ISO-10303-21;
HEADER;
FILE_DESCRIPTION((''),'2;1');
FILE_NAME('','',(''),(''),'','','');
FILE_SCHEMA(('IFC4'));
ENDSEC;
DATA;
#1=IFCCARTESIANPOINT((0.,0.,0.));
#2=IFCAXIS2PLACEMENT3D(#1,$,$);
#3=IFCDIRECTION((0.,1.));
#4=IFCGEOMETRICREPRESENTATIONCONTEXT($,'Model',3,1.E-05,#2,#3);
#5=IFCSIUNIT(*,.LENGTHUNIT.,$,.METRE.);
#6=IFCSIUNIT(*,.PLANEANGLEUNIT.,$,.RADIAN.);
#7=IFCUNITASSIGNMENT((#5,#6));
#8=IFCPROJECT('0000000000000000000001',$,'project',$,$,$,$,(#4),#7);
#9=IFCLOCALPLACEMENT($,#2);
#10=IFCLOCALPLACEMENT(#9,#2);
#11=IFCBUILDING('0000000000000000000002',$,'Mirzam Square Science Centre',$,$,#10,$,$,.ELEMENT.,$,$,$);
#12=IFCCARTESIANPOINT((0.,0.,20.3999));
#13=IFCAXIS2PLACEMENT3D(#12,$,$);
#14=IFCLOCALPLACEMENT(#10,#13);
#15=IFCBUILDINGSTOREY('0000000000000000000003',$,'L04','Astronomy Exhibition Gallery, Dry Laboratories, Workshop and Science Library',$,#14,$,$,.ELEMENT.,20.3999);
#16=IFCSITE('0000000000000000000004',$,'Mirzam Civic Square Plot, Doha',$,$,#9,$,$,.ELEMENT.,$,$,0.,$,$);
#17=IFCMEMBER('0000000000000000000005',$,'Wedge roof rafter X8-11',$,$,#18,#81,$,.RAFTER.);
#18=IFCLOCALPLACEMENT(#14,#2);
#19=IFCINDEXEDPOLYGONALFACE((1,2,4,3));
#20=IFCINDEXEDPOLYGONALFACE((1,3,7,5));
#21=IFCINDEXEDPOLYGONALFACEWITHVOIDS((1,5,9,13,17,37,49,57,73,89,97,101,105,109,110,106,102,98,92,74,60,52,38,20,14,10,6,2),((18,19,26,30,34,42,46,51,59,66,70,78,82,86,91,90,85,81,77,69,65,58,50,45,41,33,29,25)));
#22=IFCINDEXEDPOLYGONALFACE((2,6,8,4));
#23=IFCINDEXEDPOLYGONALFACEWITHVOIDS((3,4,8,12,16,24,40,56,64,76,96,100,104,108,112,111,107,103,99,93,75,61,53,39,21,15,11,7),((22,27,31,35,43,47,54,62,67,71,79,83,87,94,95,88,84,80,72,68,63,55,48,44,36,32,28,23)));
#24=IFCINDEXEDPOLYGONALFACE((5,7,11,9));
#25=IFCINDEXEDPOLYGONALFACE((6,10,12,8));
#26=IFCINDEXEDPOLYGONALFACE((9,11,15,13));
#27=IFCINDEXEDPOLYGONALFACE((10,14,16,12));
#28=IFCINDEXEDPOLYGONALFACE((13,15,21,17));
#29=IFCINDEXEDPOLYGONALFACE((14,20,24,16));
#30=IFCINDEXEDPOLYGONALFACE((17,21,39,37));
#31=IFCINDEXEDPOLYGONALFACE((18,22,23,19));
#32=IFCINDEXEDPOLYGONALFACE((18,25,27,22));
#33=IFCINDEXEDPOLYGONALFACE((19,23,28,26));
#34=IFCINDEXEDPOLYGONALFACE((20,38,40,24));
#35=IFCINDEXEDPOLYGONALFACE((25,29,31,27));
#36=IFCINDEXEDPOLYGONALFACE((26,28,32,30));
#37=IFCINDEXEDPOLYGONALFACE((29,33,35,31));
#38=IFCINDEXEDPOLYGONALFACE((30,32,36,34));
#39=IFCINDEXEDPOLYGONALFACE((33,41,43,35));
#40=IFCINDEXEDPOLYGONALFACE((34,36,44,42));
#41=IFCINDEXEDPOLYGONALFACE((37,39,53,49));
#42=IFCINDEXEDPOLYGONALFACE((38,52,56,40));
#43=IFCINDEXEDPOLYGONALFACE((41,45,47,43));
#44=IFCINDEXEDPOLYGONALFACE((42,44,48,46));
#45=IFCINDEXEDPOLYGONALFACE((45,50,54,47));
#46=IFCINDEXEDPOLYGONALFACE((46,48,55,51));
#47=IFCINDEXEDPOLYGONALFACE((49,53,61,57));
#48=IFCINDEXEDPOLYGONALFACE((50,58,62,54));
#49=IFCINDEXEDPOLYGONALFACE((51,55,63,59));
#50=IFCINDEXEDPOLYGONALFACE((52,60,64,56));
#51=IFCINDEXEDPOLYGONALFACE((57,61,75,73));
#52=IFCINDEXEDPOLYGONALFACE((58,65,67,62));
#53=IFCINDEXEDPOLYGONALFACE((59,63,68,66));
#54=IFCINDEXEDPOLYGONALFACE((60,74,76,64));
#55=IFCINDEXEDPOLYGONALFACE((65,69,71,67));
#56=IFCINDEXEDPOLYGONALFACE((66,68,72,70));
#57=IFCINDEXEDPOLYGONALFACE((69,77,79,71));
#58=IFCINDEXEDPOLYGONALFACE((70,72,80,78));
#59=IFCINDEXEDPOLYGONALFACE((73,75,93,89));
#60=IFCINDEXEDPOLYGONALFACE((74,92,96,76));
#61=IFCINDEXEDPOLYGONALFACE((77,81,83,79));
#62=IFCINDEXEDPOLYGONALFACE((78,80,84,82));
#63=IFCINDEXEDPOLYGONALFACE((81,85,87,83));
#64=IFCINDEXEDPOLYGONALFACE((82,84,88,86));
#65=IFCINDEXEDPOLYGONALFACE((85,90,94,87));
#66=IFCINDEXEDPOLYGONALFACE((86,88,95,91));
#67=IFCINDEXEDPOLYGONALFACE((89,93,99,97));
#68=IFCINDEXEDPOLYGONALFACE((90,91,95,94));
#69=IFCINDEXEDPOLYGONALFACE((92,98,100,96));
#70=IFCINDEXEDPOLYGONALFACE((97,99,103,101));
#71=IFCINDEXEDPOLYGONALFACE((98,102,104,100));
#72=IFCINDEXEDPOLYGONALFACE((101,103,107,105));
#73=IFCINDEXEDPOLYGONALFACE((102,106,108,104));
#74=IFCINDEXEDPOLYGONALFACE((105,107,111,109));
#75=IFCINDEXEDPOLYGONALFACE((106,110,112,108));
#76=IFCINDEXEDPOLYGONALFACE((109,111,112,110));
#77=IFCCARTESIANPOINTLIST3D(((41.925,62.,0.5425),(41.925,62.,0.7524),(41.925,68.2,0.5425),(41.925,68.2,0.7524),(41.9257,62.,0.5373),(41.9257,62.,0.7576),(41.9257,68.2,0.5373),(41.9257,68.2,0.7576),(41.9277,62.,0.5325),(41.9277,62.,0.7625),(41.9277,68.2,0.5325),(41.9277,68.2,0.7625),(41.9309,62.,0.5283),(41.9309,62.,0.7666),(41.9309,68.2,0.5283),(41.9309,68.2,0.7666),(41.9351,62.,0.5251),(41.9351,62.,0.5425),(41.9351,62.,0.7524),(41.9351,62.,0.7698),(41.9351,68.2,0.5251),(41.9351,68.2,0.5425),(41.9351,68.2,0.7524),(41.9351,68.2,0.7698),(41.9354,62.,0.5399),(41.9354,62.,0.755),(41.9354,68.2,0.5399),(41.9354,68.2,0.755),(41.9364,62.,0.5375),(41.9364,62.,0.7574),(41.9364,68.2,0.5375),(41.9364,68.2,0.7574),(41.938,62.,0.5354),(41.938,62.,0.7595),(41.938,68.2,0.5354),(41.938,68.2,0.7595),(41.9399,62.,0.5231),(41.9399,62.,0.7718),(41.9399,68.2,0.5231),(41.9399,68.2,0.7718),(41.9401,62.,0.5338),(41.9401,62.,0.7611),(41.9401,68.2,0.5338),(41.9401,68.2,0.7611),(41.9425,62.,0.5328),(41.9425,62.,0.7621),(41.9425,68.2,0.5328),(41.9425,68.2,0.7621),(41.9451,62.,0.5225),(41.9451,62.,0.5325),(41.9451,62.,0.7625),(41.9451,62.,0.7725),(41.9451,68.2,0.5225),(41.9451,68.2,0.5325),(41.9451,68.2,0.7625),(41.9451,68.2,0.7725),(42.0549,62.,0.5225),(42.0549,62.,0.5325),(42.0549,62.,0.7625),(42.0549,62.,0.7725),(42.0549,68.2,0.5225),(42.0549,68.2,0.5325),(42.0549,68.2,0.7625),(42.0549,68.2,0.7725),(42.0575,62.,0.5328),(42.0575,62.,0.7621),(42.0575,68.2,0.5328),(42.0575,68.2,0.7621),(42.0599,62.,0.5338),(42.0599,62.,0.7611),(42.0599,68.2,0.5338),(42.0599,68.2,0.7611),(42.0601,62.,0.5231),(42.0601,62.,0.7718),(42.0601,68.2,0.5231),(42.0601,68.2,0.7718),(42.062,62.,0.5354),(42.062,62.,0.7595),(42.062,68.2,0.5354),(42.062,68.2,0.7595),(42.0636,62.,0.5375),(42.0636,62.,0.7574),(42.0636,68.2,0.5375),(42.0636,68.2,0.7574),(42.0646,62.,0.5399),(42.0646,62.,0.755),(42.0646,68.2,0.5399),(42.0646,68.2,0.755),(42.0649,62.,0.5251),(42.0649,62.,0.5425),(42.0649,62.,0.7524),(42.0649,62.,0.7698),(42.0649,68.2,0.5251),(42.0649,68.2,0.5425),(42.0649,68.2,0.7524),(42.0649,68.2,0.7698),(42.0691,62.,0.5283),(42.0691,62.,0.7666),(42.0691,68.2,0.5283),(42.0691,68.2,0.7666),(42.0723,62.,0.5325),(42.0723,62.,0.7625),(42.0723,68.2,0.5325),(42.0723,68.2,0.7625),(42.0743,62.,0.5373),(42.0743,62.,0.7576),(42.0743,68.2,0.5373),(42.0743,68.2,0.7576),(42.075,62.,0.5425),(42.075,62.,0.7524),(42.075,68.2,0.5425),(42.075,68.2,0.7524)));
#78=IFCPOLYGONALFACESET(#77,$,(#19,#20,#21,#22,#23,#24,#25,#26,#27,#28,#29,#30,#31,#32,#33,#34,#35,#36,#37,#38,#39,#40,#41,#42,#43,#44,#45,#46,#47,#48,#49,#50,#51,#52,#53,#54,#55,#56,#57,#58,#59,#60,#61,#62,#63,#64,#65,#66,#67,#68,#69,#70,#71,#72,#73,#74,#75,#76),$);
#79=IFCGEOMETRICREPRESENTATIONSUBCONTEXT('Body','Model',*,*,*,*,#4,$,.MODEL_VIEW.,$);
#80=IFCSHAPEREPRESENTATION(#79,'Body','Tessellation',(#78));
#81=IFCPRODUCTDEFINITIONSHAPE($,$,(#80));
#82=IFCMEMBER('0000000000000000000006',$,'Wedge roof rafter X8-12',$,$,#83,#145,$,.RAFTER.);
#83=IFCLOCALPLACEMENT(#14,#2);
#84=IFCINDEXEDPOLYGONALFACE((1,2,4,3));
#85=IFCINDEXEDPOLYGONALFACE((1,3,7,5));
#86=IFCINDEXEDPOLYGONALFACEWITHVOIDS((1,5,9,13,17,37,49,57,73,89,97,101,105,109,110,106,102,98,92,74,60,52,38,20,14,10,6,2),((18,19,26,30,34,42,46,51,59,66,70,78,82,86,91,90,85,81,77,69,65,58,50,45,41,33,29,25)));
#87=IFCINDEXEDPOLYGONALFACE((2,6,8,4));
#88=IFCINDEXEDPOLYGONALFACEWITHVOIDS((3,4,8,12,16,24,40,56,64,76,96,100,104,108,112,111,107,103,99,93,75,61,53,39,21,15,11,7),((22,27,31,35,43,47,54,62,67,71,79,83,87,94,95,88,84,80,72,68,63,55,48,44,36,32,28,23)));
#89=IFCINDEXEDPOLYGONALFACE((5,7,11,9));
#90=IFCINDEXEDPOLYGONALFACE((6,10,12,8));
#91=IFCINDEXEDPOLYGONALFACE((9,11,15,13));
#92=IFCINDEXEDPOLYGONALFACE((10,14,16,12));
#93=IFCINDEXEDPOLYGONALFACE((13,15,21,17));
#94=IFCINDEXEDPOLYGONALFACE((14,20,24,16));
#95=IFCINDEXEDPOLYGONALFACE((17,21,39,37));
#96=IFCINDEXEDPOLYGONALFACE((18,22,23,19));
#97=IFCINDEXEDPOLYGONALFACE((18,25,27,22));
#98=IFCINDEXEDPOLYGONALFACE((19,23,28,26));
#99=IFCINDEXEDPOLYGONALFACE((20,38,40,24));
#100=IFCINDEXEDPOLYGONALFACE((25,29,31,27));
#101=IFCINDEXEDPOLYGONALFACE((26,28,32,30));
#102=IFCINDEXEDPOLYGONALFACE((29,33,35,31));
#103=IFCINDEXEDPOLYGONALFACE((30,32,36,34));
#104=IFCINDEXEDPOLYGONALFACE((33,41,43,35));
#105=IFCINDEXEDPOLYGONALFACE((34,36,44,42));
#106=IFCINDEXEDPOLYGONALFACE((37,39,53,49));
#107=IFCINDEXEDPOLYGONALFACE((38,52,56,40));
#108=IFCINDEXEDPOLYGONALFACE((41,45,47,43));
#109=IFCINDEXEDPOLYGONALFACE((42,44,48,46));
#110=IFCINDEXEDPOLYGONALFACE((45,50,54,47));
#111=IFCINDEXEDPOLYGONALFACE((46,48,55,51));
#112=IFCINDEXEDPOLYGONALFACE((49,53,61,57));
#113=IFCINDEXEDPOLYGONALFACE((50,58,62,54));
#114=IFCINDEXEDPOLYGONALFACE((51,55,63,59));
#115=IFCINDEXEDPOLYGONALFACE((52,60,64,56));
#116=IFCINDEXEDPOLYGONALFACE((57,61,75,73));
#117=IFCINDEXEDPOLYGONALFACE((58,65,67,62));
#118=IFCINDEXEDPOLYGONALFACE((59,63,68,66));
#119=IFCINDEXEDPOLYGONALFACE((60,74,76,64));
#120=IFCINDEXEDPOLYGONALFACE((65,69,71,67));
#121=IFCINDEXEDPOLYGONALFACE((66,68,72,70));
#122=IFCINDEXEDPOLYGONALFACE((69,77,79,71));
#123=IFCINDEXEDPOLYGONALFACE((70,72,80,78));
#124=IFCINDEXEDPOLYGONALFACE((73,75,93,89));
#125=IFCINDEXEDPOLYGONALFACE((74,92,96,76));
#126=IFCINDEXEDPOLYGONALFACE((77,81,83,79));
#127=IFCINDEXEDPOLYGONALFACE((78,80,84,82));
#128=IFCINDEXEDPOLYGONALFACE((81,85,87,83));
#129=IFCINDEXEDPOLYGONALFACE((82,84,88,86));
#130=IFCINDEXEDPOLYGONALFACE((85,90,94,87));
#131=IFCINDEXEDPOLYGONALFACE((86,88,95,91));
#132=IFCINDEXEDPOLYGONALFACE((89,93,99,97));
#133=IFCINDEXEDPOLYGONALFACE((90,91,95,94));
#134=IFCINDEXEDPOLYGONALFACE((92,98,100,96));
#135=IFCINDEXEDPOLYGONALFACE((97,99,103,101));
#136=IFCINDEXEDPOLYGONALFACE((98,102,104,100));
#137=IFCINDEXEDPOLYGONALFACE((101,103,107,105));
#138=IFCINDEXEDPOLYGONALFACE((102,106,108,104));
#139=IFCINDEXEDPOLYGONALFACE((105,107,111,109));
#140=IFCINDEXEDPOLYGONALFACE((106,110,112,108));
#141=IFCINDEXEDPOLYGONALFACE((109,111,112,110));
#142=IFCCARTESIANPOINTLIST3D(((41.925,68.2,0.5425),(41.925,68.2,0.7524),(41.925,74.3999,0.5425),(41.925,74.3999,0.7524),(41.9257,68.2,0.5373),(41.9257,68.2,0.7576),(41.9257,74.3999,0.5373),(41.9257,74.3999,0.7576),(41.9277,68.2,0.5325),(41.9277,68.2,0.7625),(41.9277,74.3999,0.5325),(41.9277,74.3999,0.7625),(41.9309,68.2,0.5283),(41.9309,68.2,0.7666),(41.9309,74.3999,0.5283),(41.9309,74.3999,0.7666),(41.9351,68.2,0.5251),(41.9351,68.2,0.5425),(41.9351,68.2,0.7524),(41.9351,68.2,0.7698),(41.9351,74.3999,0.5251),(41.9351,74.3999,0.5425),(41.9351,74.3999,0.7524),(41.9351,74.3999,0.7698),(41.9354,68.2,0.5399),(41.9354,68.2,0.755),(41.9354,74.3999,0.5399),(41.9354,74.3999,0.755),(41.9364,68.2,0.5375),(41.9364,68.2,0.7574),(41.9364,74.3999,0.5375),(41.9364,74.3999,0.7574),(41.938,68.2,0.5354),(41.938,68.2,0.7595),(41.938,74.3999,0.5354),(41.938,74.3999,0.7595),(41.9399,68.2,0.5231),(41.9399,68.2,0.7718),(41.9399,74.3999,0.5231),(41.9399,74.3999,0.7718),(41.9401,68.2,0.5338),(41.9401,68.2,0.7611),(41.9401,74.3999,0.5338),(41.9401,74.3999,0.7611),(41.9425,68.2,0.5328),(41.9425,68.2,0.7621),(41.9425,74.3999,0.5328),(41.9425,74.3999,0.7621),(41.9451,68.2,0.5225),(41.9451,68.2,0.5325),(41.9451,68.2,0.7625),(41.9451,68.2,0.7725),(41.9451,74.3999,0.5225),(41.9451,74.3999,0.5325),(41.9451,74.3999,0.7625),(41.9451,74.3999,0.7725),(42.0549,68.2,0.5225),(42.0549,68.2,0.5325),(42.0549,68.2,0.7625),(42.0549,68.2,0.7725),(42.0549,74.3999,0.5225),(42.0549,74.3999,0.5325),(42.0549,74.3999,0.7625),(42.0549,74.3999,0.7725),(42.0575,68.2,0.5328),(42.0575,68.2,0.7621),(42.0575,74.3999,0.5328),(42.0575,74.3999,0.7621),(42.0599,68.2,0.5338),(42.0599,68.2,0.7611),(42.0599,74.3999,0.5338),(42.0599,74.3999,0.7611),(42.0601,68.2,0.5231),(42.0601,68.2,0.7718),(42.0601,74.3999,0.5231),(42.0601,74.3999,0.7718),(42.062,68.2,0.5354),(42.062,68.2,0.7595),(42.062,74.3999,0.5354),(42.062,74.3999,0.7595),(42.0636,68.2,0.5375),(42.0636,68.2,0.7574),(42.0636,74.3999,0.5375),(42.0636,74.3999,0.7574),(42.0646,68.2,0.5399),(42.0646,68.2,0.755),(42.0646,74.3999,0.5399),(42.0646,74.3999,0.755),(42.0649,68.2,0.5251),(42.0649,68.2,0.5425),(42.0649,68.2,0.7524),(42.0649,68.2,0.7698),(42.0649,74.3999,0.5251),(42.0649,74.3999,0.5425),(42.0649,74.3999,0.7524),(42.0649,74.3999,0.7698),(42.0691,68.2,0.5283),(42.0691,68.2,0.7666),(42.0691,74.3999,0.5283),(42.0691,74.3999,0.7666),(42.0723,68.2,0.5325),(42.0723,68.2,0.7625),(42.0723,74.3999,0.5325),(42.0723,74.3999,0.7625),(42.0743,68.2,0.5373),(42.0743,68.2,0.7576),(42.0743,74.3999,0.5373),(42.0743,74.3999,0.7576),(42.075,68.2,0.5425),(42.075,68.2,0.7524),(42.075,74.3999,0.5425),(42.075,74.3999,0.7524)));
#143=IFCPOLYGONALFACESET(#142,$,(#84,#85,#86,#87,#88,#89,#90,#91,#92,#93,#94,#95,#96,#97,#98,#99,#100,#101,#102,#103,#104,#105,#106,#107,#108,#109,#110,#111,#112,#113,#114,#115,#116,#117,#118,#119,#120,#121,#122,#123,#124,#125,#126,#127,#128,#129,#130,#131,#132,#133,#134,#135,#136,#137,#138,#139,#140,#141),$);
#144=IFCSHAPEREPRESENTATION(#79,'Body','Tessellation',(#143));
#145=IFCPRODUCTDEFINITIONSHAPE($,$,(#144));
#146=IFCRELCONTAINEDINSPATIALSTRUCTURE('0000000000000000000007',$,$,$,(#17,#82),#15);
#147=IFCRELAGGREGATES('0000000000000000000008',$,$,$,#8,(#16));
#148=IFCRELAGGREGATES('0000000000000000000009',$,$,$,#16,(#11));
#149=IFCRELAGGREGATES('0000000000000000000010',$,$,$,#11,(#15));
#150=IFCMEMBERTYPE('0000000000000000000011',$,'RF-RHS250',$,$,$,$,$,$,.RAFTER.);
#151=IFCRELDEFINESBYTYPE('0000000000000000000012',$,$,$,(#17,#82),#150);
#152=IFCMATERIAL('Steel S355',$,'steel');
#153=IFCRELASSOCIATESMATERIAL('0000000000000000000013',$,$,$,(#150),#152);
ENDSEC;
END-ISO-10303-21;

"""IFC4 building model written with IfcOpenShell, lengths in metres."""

from ifc_helpers import new_model, si_unit, direction, frame, origin, origin_2d, place, context, subcontext, project, spatial, hollow_rectangle, extrude, material, material_profile, profile_set, type_object, element, save


model = new_model("IFC4")

# Units and contexts
model_context = context("Model", 3, precision=1e-05, world=origin(), true_north=direction((0.0, 1.0)))
body_context = subcontext(model_context, "Body", "Model", "MODEL_VIEW")
ifc_project = project(units=[si_unit("LENGTHUNIT", "METRE"), si_unit("PLANEANGLEUNIT", "RADIAN")], contexts=[model_context])

# Site, building, storey
site_placement = place(None, origin())
site = spatial("IfcSite", under=ifc_project, at=site_placement, Name="Mirzam Civic Square Plot, Doha", CompositionType="ELEMENT", RefElevation=0.0)
building_placement = place(site_placement, origin())
building = spatial("IfcBuilding", under=site, at=building_placement, Name="Mirzam Square Science Centre", CompositionType="ELEMENT")
storey_placement = place(building_placement, frame((0.0, 0.0, 20.3999)))
storey = spatial("IfcBuildingStorey", under=building, at=storey_placement, Name="L04", Description="Astronomy Exhibition Gallery, Dry Laboratories, Workshop and Science Library", CompositionType="ELEMENT", Elevation=20.3999)

# Members
ifc_material = material(Name="Steel S355", Category="steel")
ifc_material_profile_1 = material_profile(ifc_material, hollow_rectangle(XDim=0.1499, YDim=0.25, WallThickness=0.01, InnerFilletRadius=0.01, OuterFilletRadius=0.02, at=origin_2d()), Name="250x150x10.0RHS")
ifc_profile_set_1 = profile_set([ifc_material_profile_1], Name="Steel S355")
member_type_1 = type_object("IfcMemberType", Name="RF-RHS250", PredefinedType="RAFTER", material=ifc_profile_set_1)
for number, where, z_axis, x_axis, name in (
    (1, (42.0, 62.0, 0.6475), (0.0, 1.0, 0.0), (-1.0, 0.0, 0.0), "Wedge roof rafter X8-11"),
    (2, (42.0, 68.2, 0.6475), (0.0, 1.0, 0.0), (-1.0, 0.0, 0.0), "Wedge roof rafter X8-12"),
):
    element("IfcMember", number, at=place(storey_placement, frame(where, z_axis=z_axis, x_axis=x_axis)), inside=storey, type_object=member_type_1, Name=name, PredefinedType="RAFTER", context=body_context, shape_type="SweptSolid", body=[
        extrude(hollow_rectangle(XDim=0.1499, YDim=0.25, WallThickness=0.01, InnerFilletRadius=0.01, OuterFilletRadius=0.02, at=origin_2d()), origin(), (0.0, 0.0, 1.0), 6.2),
    ])

save(model, "model.ifc")
